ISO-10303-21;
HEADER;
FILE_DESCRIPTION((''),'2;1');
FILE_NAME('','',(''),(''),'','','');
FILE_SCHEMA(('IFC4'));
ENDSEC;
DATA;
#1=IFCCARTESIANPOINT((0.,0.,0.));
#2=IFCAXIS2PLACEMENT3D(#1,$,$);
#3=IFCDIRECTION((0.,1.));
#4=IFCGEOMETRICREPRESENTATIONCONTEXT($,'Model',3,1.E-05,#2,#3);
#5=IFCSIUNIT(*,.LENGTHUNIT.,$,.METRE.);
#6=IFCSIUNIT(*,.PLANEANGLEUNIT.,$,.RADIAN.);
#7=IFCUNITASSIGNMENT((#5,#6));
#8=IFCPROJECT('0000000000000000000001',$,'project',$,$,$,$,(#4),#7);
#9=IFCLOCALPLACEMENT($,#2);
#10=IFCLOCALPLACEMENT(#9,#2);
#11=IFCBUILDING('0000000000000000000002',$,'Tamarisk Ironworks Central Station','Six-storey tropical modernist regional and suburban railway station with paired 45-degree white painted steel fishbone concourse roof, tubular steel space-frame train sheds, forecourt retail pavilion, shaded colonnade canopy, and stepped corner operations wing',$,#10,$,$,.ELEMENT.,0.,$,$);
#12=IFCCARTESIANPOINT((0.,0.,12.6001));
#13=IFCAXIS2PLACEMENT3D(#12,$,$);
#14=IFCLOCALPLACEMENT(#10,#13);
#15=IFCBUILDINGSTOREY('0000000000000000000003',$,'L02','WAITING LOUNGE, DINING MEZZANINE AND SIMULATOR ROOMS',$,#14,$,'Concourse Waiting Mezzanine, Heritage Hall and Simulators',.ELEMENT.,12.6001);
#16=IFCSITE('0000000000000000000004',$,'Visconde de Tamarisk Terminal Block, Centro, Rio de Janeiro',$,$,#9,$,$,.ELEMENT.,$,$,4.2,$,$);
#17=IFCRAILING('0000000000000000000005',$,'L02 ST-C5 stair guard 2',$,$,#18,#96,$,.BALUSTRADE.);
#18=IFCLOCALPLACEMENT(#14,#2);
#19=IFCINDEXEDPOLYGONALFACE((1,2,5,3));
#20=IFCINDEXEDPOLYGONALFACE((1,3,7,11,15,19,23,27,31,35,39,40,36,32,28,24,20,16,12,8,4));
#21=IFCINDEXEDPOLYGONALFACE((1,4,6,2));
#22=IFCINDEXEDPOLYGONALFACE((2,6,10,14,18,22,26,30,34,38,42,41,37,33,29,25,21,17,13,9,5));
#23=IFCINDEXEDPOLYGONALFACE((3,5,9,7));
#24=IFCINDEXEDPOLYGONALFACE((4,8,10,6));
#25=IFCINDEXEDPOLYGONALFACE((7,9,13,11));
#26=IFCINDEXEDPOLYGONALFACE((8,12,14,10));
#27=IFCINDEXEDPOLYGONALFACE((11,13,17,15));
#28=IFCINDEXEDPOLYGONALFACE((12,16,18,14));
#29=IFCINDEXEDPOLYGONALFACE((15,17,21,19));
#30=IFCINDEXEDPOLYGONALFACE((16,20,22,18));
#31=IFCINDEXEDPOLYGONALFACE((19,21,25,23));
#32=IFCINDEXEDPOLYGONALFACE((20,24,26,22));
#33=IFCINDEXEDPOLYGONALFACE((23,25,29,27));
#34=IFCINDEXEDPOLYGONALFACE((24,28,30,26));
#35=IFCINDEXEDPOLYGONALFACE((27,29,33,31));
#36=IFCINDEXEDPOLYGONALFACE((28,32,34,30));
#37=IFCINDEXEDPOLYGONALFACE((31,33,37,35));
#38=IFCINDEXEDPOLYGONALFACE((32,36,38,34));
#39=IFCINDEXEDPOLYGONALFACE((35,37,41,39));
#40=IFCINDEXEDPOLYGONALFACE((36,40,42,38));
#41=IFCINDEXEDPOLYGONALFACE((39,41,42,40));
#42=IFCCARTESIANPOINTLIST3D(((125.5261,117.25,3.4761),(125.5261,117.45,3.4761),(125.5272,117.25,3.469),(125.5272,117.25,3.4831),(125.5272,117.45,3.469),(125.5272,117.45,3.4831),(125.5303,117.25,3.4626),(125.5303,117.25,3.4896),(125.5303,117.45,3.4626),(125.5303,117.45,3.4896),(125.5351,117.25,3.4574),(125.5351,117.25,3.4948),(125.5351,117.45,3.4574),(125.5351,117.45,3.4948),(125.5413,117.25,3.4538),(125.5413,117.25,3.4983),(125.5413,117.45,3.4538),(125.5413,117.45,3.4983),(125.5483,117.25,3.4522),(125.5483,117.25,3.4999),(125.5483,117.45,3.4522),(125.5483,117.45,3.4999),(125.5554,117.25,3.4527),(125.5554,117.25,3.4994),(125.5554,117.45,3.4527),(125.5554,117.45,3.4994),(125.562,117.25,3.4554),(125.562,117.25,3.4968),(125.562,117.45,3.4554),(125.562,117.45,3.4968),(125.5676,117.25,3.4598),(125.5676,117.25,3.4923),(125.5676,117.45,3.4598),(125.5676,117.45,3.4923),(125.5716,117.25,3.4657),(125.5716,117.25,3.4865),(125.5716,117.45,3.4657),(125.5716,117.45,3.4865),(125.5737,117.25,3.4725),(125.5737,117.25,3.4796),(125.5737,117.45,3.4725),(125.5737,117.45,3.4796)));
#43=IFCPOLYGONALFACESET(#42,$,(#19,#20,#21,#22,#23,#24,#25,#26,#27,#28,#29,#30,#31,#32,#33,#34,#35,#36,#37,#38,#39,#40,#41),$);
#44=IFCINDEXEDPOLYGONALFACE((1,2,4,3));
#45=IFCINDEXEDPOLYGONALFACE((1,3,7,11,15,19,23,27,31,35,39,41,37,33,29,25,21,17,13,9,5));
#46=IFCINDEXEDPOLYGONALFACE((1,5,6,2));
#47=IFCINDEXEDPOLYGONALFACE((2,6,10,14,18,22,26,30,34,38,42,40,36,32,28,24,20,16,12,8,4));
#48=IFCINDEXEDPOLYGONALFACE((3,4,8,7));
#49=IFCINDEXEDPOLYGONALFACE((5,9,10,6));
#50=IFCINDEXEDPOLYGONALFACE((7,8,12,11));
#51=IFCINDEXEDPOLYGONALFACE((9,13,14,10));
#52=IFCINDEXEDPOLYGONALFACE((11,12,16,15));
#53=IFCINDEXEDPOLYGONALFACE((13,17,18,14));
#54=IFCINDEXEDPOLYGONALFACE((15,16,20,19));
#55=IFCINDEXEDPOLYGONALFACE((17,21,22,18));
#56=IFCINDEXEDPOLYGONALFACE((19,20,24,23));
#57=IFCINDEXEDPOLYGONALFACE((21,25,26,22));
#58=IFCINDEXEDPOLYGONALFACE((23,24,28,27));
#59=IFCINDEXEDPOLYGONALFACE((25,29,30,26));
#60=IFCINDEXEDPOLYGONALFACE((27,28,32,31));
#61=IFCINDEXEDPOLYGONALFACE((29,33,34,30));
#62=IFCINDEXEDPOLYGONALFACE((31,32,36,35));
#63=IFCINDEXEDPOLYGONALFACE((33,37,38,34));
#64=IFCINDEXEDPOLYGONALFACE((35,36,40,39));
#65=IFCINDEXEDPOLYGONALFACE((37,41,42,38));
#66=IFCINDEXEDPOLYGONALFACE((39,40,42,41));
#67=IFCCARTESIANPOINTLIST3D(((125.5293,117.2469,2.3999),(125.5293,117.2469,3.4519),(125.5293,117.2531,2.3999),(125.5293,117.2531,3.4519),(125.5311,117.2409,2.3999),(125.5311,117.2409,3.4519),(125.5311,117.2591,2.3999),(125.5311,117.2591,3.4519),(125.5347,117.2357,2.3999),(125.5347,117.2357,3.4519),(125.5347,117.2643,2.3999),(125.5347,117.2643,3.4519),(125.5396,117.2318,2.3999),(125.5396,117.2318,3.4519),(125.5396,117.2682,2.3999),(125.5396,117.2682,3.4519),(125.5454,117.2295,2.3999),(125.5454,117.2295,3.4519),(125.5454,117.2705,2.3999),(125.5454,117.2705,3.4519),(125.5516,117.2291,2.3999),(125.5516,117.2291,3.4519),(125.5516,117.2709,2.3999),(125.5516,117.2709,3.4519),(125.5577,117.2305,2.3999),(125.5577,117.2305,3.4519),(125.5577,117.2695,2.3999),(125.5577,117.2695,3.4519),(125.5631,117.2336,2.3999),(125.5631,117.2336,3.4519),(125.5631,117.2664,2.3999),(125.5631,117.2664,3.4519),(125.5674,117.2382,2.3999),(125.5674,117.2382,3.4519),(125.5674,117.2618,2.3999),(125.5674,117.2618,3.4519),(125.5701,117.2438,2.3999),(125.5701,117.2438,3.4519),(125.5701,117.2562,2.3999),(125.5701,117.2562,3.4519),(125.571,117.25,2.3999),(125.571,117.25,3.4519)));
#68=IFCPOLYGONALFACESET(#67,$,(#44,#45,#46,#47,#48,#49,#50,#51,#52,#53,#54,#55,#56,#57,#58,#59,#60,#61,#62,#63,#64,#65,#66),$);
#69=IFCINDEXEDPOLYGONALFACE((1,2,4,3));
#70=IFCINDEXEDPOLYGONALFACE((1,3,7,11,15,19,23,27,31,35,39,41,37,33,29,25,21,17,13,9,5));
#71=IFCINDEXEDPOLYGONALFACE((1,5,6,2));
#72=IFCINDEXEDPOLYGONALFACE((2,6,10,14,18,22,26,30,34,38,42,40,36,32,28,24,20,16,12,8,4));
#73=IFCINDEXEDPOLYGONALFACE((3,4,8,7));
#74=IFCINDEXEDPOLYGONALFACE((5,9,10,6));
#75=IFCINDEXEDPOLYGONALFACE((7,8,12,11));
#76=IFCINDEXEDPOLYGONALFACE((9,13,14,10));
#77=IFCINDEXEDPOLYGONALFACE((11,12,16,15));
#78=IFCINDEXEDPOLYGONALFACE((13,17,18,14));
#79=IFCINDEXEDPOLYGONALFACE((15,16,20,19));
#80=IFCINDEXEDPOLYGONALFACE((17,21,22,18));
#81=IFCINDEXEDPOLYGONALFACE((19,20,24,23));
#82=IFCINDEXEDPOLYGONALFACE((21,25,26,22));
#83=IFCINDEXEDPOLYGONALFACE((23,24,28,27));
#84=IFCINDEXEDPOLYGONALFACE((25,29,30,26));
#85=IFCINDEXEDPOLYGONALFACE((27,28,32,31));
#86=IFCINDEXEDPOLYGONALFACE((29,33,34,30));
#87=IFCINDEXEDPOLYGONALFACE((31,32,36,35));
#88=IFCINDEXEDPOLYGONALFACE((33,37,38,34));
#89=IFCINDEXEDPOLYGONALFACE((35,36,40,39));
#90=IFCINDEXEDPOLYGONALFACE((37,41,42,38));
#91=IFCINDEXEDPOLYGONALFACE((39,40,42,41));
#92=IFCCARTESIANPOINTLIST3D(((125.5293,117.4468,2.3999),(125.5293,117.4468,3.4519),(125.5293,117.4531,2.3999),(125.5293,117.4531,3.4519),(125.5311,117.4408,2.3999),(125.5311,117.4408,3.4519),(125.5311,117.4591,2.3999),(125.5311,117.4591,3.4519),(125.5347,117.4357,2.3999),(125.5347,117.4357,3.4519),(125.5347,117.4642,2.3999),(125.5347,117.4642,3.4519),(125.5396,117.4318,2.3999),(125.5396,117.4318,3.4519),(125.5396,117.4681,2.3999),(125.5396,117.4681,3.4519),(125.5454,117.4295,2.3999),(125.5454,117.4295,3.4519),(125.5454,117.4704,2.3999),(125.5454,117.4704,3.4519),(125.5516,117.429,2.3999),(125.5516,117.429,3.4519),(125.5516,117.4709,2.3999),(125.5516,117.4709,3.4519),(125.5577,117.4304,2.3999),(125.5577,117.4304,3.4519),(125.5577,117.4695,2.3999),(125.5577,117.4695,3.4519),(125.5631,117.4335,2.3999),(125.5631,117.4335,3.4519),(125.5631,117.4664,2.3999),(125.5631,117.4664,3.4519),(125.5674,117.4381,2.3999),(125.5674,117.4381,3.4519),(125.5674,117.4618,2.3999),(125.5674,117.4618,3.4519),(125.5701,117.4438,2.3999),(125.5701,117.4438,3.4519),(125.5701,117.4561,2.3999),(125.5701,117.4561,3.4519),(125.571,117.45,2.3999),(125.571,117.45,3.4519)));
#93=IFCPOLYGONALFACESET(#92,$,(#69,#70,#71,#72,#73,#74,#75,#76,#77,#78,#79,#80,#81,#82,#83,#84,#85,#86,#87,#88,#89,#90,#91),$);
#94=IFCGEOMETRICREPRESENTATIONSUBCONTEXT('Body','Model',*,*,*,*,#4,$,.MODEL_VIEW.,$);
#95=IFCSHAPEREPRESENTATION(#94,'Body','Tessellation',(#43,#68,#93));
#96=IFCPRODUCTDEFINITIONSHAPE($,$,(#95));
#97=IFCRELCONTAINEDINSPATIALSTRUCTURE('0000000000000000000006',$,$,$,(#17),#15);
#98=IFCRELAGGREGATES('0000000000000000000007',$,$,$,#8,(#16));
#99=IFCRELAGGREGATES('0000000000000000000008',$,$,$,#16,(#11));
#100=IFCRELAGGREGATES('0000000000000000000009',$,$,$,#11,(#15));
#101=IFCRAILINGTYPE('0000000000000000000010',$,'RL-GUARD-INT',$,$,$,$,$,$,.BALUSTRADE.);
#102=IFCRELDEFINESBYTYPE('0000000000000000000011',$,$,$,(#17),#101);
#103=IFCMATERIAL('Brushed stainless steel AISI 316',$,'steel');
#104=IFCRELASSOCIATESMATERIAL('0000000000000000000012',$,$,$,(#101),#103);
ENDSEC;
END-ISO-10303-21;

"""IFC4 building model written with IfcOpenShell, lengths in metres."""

from ifc_helpers import new_model, si_unit, direction, frame, origin, origin_2d, place, context, subcontext, project, spatial, circle, extrude, material, type_object, element, save


model = new_model("IFC4")

# Units and contexts
model_context = context("Model", 3, precision=1e-05, world=origin(), true_north=direction((0.0, 1.0)))
body_context = subcontext(model_context, "Body", "Model", "MODEL_VIEW")
ifc_project = project(units=[si_unit("LENGTHUNIT", "METRE"), si_unit("PLANEANGLEUNIT", "RADIAN")], contexts=[model_context])

# Site, building, storey
site_placement = place(None, origin())
site = spatial("IfcSite", under=ifc_project, at=site_placement, Name="Visconde de Tamarisk Terminal Block, Centro, Rio de Janeiro", CompositionType="ELEMENT", RefElevation=4.2)
building_placement = place(site_placement, origin())
building = spatial("IfcBuilding", under=site, at=building_placement, Name="Tamarisk Ironworks Central Station", Description="Six-storey tropical modernist regional and suburban railway station with paired 45-degree white painted steel fishbone concourse roof, tubular steel space-frame train sheds, forecourt retail pavilion, shaded colonnade canopy, and stepped corner operations wing", CompositionType="ELEMENT", ElevationOfRefHeight=0.0)
storey_placement = place(building_placement, frame((0.0, 0.0, 12.6001)))
storey = spatial("IfcBuildingStorey", under=building, at=storey_placement, Name="L02", Description="WAITING LOUNGE, DINING MEZZANINE AND SIMULATOR ROOMS", LongName="Concourse Waiting Mezzanine, Heritage Hall and Simulators", CompositionType="ELEMENT", Elevation=12.6001)

# Railing
ifc_material_1 = material(Name="Brushed stainless steel AISI 316", Category="steel")
railing_type_1 = type_object("IfcRailingType", Name="RL-GUARD-INT", PredefinedType="BALUSTRADE", material=ifc_material_1)
railing_1_placement = place(storey_placement, frame((125.55, 117.25, 2.3999)))
element("IfcRailing", 1, at=railing_1_placement, inside=storey, type_object=railing_type_1, Name="L02 ST-C5 stair guard 2", PredefinedType="BALUSTRADE", context=body_context, shape_type="SweptSolid", body=[
    extrude(circle(Radius=0.0239, at=origin_2d()), frame((0.0, 0.0, 1.0762), z_axis=(0.0, 1.0, 0.0), x_axis=(-1.0, 0.0, 0.0)), (0.0, 0.0, 1.0), 0.2),
    extrude(circle(Radius=0.021, at=origin_2d()), origin(), (0.0, 0.0, 1.0), 1.052),
    extrude(circle(Radius=0.021, at=origin_2d()), frame((0.0, 0.2, 0.0)), (0.0, 0.0, 1.0), 1.052),
])

save(model, "model.ifc")
